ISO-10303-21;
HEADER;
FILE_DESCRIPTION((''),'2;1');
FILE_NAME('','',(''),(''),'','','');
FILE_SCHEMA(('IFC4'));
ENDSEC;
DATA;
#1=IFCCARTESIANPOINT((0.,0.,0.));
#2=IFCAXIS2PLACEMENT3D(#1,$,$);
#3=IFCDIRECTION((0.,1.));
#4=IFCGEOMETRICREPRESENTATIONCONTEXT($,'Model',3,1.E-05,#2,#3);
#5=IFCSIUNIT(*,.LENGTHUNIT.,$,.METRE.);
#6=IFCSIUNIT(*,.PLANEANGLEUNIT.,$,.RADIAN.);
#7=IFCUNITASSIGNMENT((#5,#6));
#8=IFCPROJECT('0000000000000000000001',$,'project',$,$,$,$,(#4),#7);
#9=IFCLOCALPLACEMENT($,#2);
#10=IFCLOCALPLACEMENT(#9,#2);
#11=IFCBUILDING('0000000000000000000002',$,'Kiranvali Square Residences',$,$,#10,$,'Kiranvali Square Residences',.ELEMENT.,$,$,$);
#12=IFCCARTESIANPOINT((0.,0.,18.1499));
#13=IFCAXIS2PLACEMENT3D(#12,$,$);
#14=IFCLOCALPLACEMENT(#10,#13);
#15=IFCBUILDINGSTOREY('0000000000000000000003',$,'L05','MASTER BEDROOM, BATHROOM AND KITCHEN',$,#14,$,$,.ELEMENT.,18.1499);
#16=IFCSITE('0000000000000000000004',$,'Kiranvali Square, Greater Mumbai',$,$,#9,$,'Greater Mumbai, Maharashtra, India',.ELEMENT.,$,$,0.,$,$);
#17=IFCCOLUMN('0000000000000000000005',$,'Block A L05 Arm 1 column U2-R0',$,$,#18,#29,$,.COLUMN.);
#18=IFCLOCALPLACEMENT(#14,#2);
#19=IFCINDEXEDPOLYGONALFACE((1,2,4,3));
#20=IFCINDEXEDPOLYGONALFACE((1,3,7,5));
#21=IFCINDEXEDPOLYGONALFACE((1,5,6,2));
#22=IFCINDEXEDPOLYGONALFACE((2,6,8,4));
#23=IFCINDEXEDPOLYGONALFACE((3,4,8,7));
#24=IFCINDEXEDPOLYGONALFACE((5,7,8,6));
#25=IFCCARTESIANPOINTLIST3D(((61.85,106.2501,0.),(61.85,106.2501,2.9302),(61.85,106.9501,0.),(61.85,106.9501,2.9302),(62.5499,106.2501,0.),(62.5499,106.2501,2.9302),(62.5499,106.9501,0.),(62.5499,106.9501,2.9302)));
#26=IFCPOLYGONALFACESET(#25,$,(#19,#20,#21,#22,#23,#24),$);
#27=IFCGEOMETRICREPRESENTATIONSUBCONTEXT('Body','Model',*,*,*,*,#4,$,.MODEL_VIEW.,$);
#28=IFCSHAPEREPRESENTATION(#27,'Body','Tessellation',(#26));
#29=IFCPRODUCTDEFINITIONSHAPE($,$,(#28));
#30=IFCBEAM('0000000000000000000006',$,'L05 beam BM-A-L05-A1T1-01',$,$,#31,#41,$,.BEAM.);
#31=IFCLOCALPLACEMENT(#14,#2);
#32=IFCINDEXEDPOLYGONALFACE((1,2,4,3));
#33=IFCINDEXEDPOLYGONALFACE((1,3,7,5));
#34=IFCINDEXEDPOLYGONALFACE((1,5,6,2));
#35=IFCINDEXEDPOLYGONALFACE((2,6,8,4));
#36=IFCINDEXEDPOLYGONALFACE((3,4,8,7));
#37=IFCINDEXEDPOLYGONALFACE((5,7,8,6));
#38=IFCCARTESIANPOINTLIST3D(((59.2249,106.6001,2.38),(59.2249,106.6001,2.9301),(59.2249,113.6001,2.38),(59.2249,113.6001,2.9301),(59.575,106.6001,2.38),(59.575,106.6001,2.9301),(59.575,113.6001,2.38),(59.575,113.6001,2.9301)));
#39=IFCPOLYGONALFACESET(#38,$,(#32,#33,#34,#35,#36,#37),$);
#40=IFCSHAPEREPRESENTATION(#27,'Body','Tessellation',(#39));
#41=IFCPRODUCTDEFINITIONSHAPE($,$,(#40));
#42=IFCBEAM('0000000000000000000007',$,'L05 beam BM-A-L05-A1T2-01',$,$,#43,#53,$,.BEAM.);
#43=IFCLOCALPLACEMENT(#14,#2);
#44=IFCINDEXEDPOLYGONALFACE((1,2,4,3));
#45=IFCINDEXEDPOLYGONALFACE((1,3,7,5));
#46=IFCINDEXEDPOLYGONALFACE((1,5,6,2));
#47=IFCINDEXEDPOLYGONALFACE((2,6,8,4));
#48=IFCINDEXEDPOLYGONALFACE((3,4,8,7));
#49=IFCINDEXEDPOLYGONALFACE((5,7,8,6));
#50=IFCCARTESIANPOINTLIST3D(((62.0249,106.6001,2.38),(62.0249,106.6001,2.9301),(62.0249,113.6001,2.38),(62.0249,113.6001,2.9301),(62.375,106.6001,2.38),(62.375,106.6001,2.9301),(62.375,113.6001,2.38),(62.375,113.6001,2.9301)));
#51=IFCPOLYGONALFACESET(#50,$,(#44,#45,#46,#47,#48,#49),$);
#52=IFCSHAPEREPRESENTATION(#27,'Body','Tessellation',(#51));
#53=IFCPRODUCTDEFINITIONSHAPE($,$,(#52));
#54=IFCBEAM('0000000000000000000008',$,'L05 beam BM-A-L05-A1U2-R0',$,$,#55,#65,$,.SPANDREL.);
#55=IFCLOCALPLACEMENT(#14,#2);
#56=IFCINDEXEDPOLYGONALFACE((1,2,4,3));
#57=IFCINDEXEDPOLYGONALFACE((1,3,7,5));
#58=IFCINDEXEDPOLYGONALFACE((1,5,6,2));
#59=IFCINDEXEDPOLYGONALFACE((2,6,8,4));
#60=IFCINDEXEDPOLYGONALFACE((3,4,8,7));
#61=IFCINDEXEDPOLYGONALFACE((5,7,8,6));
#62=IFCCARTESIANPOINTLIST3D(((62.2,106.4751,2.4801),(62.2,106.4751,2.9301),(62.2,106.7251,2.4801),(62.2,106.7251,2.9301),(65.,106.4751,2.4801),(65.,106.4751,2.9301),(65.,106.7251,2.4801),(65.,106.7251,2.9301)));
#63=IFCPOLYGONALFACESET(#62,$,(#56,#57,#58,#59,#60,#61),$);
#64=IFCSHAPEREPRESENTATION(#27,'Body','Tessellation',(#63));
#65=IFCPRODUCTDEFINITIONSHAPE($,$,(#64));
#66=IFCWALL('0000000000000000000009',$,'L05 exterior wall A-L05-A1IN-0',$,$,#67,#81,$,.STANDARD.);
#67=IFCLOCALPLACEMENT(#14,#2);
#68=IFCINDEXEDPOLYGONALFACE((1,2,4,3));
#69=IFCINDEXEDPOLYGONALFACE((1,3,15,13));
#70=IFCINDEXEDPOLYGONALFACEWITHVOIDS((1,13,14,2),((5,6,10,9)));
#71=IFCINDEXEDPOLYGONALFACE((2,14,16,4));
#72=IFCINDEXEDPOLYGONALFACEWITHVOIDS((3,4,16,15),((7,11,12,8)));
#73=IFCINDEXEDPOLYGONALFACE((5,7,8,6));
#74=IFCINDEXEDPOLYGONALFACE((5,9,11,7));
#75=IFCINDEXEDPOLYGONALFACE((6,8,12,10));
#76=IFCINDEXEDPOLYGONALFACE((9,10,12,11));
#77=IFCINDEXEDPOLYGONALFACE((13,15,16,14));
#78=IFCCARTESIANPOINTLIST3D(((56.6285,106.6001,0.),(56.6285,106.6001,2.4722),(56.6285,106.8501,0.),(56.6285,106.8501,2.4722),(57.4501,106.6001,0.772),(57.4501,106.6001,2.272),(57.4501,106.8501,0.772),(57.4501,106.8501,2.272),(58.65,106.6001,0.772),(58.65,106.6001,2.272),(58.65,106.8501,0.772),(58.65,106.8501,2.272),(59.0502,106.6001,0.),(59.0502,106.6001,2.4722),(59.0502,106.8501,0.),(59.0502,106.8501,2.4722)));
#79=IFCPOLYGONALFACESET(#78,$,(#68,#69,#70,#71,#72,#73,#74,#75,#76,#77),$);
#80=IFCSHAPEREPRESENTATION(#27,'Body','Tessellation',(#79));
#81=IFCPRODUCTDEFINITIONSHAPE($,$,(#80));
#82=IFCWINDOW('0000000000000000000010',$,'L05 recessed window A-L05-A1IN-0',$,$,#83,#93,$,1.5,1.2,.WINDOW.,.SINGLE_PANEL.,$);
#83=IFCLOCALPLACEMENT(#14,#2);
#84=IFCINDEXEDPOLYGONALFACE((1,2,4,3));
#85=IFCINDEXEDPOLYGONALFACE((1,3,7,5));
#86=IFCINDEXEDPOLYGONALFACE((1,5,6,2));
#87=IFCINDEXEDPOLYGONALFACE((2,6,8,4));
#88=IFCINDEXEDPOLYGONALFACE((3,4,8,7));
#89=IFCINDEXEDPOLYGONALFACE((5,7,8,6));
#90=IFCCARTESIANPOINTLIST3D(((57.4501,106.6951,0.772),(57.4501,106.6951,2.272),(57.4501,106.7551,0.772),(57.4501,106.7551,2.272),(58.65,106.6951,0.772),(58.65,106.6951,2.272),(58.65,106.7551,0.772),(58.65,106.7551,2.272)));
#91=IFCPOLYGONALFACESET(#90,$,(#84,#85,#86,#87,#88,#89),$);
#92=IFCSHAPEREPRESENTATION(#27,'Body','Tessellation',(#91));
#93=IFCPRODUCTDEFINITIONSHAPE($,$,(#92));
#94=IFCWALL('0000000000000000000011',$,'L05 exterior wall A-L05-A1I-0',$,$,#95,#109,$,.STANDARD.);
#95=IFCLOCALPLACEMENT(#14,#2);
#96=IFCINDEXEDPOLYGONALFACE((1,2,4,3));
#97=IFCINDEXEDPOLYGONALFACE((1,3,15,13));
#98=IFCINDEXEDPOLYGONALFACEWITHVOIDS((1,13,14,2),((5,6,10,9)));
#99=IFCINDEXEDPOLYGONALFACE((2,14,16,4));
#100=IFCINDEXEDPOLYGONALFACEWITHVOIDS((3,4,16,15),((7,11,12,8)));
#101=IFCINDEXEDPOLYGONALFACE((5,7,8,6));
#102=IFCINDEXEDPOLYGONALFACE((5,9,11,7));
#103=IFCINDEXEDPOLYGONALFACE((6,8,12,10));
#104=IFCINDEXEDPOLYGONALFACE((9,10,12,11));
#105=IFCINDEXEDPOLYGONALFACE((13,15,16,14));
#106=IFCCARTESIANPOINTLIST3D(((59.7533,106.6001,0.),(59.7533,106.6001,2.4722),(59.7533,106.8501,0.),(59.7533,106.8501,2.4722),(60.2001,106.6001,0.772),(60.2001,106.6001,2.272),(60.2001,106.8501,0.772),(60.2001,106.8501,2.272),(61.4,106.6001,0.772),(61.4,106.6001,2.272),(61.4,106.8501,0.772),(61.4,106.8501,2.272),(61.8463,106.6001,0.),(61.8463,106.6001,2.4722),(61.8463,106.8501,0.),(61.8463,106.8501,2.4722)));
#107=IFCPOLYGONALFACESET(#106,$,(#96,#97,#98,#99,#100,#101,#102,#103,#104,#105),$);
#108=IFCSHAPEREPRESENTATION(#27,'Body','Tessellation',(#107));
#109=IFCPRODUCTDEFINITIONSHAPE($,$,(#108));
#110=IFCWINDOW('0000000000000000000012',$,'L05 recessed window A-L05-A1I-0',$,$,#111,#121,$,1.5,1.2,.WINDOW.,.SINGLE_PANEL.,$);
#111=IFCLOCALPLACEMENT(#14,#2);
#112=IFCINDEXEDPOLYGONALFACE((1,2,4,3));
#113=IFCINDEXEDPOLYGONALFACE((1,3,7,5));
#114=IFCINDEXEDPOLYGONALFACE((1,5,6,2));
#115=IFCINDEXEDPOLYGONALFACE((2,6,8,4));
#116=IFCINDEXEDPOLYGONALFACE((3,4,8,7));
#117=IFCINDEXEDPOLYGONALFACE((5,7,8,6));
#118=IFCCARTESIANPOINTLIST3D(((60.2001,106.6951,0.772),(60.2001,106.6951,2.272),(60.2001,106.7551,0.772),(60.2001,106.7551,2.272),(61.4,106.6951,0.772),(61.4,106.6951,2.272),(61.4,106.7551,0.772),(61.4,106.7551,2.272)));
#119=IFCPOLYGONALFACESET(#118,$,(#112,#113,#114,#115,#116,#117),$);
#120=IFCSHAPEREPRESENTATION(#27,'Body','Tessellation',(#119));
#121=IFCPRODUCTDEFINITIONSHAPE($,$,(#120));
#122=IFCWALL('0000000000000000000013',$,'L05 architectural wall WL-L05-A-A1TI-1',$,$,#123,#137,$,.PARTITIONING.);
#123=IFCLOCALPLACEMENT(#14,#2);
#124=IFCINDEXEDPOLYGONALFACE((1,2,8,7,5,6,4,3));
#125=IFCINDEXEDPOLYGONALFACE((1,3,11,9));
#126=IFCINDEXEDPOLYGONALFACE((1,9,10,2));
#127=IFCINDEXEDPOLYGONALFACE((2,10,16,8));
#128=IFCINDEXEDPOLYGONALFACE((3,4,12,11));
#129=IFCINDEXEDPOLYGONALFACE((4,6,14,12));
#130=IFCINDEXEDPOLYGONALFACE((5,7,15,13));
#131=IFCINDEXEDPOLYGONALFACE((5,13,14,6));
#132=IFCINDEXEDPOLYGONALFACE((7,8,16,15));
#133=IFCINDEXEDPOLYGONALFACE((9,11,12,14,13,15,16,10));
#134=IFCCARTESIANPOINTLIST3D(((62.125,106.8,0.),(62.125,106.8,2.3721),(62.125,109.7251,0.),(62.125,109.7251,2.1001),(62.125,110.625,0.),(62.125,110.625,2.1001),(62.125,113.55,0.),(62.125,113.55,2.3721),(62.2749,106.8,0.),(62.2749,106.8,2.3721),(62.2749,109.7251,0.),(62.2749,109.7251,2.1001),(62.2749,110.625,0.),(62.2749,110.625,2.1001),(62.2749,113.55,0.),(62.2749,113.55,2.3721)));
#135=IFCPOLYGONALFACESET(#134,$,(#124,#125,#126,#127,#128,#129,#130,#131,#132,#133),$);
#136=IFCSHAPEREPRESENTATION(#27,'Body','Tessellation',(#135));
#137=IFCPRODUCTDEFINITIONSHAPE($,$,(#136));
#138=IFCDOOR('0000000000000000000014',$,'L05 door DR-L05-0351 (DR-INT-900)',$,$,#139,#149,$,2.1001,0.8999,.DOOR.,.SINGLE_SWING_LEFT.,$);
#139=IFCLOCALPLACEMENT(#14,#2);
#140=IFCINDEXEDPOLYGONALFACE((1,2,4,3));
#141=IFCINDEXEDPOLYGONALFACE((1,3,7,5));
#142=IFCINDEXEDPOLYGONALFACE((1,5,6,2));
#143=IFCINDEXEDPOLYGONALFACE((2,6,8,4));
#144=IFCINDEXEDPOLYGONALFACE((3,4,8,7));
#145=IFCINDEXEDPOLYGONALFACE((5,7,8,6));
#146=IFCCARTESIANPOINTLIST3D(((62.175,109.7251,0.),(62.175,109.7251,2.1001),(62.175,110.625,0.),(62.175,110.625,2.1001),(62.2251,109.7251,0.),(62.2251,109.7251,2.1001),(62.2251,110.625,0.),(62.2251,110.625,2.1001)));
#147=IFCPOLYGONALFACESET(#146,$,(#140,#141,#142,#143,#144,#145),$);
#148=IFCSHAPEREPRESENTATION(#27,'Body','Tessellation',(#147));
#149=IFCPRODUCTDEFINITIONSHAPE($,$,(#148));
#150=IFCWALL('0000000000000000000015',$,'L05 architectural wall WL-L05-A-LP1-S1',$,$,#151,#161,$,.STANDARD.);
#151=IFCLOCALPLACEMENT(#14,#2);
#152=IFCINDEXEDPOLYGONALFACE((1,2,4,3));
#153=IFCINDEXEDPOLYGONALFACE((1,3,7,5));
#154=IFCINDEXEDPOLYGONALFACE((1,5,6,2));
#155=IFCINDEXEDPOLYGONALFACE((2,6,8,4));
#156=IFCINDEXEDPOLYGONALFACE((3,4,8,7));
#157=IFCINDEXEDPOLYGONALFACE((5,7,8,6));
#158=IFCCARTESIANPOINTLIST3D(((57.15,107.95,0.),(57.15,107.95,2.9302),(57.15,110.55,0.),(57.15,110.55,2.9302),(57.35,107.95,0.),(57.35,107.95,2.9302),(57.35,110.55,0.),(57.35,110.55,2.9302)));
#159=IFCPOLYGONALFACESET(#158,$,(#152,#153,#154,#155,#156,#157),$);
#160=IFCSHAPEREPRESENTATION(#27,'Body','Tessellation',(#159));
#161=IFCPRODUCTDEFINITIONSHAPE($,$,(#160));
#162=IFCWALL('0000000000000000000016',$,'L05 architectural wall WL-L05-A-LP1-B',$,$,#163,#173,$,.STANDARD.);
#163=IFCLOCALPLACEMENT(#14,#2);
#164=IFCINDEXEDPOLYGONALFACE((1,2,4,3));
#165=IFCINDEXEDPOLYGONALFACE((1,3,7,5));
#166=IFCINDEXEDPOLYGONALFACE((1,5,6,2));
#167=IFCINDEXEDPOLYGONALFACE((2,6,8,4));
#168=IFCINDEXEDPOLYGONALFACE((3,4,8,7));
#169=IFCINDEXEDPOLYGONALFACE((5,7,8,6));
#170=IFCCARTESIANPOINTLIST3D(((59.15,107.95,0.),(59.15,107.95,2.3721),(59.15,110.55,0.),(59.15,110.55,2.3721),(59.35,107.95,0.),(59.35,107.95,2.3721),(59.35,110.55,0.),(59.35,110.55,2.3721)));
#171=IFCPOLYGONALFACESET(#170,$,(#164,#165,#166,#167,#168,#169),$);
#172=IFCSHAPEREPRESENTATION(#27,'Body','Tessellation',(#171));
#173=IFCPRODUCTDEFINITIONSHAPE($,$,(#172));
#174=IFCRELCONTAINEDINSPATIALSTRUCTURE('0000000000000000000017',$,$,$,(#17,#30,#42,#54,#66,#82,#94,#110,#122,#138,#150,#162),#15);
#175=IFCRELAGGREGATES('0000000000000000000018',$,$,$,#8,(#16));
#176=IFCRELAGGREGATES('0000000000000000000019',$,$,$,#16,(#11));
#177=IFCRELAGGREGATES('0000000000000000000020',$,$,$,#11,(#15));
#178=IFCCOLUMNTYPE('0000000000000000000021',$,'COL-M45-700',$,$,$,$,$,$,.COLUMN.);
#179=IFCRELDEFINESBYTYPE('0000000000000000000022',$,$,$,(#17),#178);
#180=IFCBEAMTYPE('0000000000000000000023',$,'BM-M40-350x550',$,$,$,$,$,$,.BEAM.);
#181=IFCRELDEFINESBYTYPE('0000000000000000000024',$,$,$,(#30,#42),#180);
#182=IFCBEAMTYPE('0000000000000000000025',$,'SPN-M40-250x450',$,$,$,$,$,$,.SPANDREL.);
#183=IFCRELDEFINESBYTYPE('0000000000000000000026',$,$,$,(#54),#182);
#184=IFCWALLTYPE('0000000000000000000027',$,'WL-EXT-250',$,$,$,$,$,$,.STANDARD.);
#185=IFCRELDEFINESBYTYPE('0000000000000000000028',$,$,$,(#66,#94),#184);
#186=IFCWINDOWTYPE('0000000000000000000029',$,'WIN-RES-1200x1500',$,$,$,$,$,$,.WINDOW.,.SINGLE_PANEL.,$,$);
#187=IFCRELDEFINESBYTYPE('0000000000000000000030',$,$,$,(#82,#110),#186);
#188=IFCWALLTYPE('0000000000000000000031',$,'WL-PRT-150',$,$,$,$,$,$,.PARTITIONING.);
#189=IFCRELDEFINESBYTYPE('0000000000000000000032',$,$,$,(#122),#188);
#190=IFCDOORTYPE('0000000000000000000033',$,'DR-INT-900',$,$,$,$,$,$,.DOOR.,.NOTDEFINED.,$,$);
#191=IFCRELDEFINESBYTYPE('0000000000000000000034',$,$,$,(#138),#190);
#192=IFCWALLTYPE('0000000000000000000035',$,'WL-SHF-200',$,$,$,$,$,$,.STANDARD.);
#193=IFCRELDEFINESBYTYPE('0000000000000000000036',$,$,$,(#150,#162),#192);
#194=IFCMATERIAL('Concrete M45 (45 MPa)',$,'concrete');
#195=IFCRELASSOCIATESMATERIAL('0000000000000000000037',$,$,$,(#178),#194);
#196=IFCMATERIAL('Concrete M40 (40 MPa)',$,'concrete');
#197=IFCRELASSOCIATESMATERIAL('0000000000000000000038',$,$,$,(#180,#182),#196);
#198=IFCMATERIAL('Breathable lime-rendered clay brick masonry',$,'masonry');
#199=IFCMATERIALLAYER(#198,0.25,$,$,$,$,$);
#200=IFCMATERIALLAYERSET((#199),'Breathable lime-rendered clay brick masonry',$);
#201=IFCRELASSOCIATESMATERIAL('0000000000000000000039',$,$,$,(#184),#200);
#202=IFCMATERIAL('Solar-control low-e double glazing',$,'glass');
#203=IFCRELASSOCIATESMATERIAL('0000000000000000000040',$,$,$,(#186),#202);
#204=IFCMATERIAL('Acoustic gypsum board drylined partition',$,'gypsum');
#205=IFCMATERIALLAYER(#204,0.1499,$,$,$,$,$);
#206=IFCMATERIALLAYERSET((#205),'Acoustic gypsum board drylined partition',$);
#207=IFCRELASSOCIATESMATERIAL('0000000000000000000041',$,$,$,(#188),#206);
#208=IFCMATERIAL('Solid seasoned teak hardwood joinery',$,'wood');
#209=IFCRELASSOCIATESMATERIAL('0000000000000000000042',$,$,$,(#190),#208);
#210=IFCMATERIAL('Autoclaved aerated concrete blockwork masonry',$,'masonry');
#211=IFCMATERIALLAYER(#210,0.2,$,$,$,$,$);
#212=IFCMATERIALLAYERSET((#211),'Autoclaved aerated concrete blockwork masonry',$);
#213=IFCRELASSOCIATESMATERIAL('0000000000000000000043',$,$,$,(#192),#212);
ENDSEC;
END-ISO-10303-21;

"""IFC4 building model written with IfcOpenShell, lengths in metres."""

from ifc_helpers import new_model, si_unit, direction, frame, frame_2d, origin, origin_2d, place, context, subcontext, project, spatial, rectangle, extrude, material, layer, layer_set, material_profile, profile_set, type_object, element, fill, save


model = new_model("IFC4")

# Units and contexts
model_context = context("Model", 3, precision=1e-05, world=origin(), true_north=direction((0.0, 1.0)))
body_context = subcontext(model_context, "Body", "Model", "MODEL_VIEW")
ifc_project = project(units=[si_unit("LENGTHUNIT", "METRE"), si_unit("PLANEANGLEUNIT", "RADIAN")], contexts=[model_context])

# Site, building, storey
site_placement = place(None, origin())
site = spatial("IfcSite", under=ifc_project, at=site_placement, Name="Kiranvali Square, Greater Mumbai", LongName="Greater Mumbai, Maharashtra, India", CompositionType="ELEMENT", RefElevation=0.0)
building_placement = place(site_placement, origin())
building = spatial("IfcBuilding", under=site, at=building_placement, Name="Kiranvali Square Residences", LongName="Kiranvali Square Residences", CompositionType="ELEMENT")
storey_placement = place(building_placement, frame((0.0, 0.0, 18.1499)))
storey = spatial("IfcBuildingStorey", under=building, at=storey_placement, Name="L05", Description="MASTER BEDROOM, BATHROOM AND KITCHEN", CompositionType="ELEMENT", Elevation=18.1499)

# Column
ifc_material_1 = material(Name="Concrete M45 (45 MPa)", Category="concrete")
ifc_material_profile_1 = material_profile(ifc_material_1, rectangle(XDim=0.7, YDim=0.7, at=origin_2d()), Name="RC 700x700")
ifc_profile_set_1 = profile_set([ifc_material_profile_1], Name="Concrete M45 (45 MPa)")
column_type = type_object("IfcColumnType", Name="COL-M45-700", PredefinedType="COLUMN", material=ifc_profile_set_1)
column_placement = place(storey_placement, frame((62.2, 106.6001, 0.0), z_axis=(0.0, 0.0, 1.0), x_axis=(1.0, 0.0, 0.0)))
element("IfcColumn", 1, at=column_placement, inside=storey, type_object=column_type, Name="Block A L05 Arm 1 column U2-R0", PredefinedType="COLUMN", context=body_context, shape_type="SweptSolid", body=[
    extrude(rectangle(XDim=0.7, YDim=0.7, at=origin_2d()), origin(), (0.0, 0.0, 1.0), 2.9302),
])

# Beams
ifc_material_2 = material(Name="Concrete M40 (40 MPa)", Category="concrete")
ifc_material_profile_2 = material_profile(ifc_material_2, rectangle(XDim=0.3501, YDim=0.55, at=origin_2d()), Name="RC 350x550")
ifc_profile_set_2 = profile_set([ifc_material_profile_2], Name="Concrete M40 (40 MPa)")
beam_type_1 = type_object("IfcBeamType", Name="BM-M40-350x550", PredefinedType="BEAM", material=ifc_profile_set_2)
for number, where, z_axis, x_axis, name in (
    (2, (59.3999, 106.6001, 2.655), (0.0, 1.0, 0.0), (-1.0, 0.0, 0.0), "L05 beam BM-A-L05-A1T1-01"),
    (3, (62.2, 106.6001, 2.655), (0.0, 1.0, 0.0), (-1.0, 0.0, 0.0), "L05 beam BM-A-L05-A1T2-01"),
):
    element("IfcBeam", number, at=place(storey_placement, frame(where, z_axis=z_axis, x_axis=x_axis)), inside=storey, type_object=beam_type_1, Name=name, PredefinedType="BEAM", context=body_context, shape_type="SweptSolid", body=[
        extrude(rectangle(XDim=0.3501, YDim=0.55, at=origin_2d()), origin(), (0.0, 0.0, 1.0), 7.0),
    ])
ifc_material_profile_3 = material_profile(ifc_material_2, rectangle(XDim=0.25, YDim=0.45, at=origin_2d()), Name="RC 250x450")
ifc_profile_set_3 = profile_set([ifc_material_profile_3], Name="Concrete M40 (40 MPa)")
beam_type_2 = type_object("IfcBeamType", Name="SPN-M40-250x450", PredefinedType="SPANDREL", material=ifc_profile_set_3)
beam_placement = place(storey_placement, frame((62.2, 106.6001, 2.7051), z_axis=(1.0, 0.0, 0.0), x_axis=(0.0, 1.0, 0.0)))
element("IfcBeam", 4, at=beam_placement, inside=storey, type_object=beam_type_2, Name="L05 beam BM-A-L05-A1U2-R0", PredefinedType="SPANDREL", context=body_context, shape_type="SweptSolid", body=[
    extrude(rectangle(XDim=0.25, YDim=0.45, at=origin_2d()), origin(), (0.0, 0.0, 1.0), 2.8),
])

# Walls, openings, windows
ifc_material_3 = material(Name="Breathable lime-rendered clay brick masonry", Category="masonry")
ifc_layer_1 = layer(ifc_material_3, 0.25)
ifc_layer_set_1 = layer_set([ifc_layer_1], Name="Breathable lime-rendered clay brick masonry")
wall_type_1 = type_object("IfcWallType", Name="WL-EXT-250", PredefinedType="STANDARD", material=ifc_layer_set_1)
wall_1_placement = place(storey_placement, frame((56.6284, 106.7251, 0.0), z_axis=(0.0, 0.0, 1.0), x_axis=(1.0, 0.0, 0.0)))
wall_1 = element("IfcWall", 5, at=wall_1_placement, inside=storey, type_object=wall_type_1, Name="L05 exterior wall A-L05-A1IN-0", PredefinedType="STANDARD", context=body_context, shape_type="SweptSolid", body=[
    extrude(rectangle(XDim=2.4216, YDim=0.25, at=frame_2d((1.2109, 0.0))), origin(), (0.0, 0.0, 1.0), 2.4722),
])
opening_1_placement = place(wall_1_placement, frame((0.8215, 0.0, 0.772)))
opening_1 = element("IfcOpeningElement", 6, at=opening_1_placement, cuts=wall_1, PredefinedType="OPENING", context=body_context, shape_type="SweptSolid", body=[
    extrude(rectangle(XDim=1.2, YDim=1.5, at=frame_2d((0.6001, 0.75))), frame((0.0, 0.135, 0.0), z_axis=(0.0, -1.0, 0.0), x_axis=(1.0, 0.0, 0.0)), (0.0, 0.0, 1.0), 0.27),
])
ifc_material_4 = material(Name="Solar-control low-e double glazing", Category="glass")
window_type = type_object("IfcWindowType", Name="WIN-RES-1200x1500", PartitioningType="SINGLE_PANEL", PredefinedType="WINDOW", material=ifc_material_4)
window_1_placement = place(opening_1_placement, origin())
window_1 = element("IfcWindow", 7, at=window_1_placement, inside=storey, type_object=window_type, Name="L05 recessed window A-L05-A1IN-0", OverallHeight=1.5, OverallWidth=1.2, PartitioningType="SINGLE_PANEL", PredefinedType="WINDOW", context=body_context, shape_type="SweptSolid", body=[
    extrude(rectangle(XDim=1.2, YDim=1.5, at=frame_2d((0.6001, 0.75))), frame((0.0, 0.03, 0.0), z_axis=(0.0, -1.0, 0.0), x_axis=(1.0, 0.0, 0.0)), (0.0, 0.0, 1.0), 0.0601),
])
fill(opening_1, window_1)
wall_2_placement = place(storey_placement, frame((59.7534, 106.7251, 0.0), z_axis=(0.0, 0.0, 1.0), x_axis=(1.0, 0.0, 0.0)))
wall_2 = element("IfcWall", 8, at=wall_2_placement, inside=storey, type_object=wall_type_1, Name="L05 exterior wall A-L05-A1I-0", PredefinedType="STANDARD", context=body_context, shape_type="SweptSolid", body=[
    extrude(rectangle(XDim=2.093, YDim=0.25, at=frame_2d((1.0464, 0.0))), origin(), (0.0, 0.0, 1.0), 2.4722),
])
opening_2_placement = place(wall_2_placement, frame((0.4465, 0.0, 0.772)))
opening_2 = element("IfcOpeningElement", 9, at=opening_2_placement, cuts=wall_2, PredefinedType="OPENING", context=body_context, shape_type="SweptSolid", body=[
    extrude(rectangle(XDim=1.2, YDim=1.5, at=frame_2d((0.6001, 0.75))), frame((0.0, 0.135, 0.0), z_axis=(0.0, -1.0, 0.0), x_axis=(1.0, 0.0, 0.0)), (0.0, 0.0, 1.0), 0.27),
])
window_2_placement = place(opening_2_placement, origin())
window_2 = element("IfcWindow", 10, at=window_2_placement, inside=storey, type_object=window_type, Name="L05 recessed window A-L05-A1I-0", OverallHeight=1.5, OverallWidth=1.2, PartitioningType="SINGLE_PANEL", PredefinedType="WINDOW", context=body_context, shape_type="SweptSolid", body=[
    extrude(rectangle(XDim=1.2, YDim=1.5, at=frame_2d((0.6001, 0.75))), frame((0.0, 0.03, 0.0), z_axis=(0.0, -1.0, 0.0), x_axis=(1.0, 0.0, 0.0)), (0.0, 0.0, 1.0), 0.0601),
])
fill(opening_2, window_2)

# Wall, opening, door
ifc_material_5 = material(Name="Acoustic gypsum board drylined partition", Category="gypsum")
ifc_layer_2 = layer(ifc_material_5, 0.1499)
ifc_layer_set_2 = layer_set([ifc_layer_2], Name="Acoustic gypsum board drylined partition")
wall_type_2 = type_object("IfcWallType", Name="WL-PRT-150", PredefinedType="PARTITIONING", material=ifc_layer_set_2)
wall_3_placement = place(storey_placement, frame((62.2, 106.8, 0.0), z_axis=(0.0, 0.0, 1.0), x_axis=(0.0, 1.0, 0.0)))
wall_3 = element("IfcWall", 11, at=wall_3_placement, inside=storey, type_object=wall_type_2, Name="L05 architectural wall WL-L05-A-A1TI-1", PredefinedType="PARTITIONING", context=body_context, shape_type="SweptSolid", body=[
    extrude(rectangle(XDim=6.75, YDim=0.1499, at=frame_2d((3.375, 0.0))), origin(), (0.0, 0.0, 1.0), 2.3721),
])
opening_3_placement = place(wall_3_placement, frame((2.925, 0.0, 0.0)))
opening_3 = element("IfcOpeningElement", 12, at=opening_3_placement, cuts=wall_3, PredefinedType="OPENING", context=body_context, shape_type="SweptSolid", body=[
    extrude(rectangle(XDim=0.8999, YDim=2.1001, at=frame_2d((0.45, 1.05))), frame((0.0, 0.085, 0.0), z_axis=(0.0, -1.0, 0.0), x_axis=(1.0, 0.0, 0.0)), (0.0, 0.0, 1.0), 0.1699),
])
ifc_material_6 = material(Name="Solid seasoned teak hardwood joinery", Category="wood")
door_type_1 = type_object("IfcDoorType", Name="DR-INT-900", OperationType="NOTDEFINED", PredefinedType="DOOR", material=ifc_material_6)
door_1_placement = place(opening_3_placement, origin())
door_1 = element("IfcDoor", 13, at=door_1_placement, inside=storey, type_object=door_type_1, Name="L05 door DR-L05-0351 (DR-INT-900)", OperationType="SINGLE_SWING_LEFT", OverallHeight=2.1001, OverallWidth=0.8999, PredefinedType="DOOR", context=body_context, shape_type="SweptSolid", body=[
    extrude(rectangle(XDim=0.8999, YDim=2.1001, at=frame_2d((0.45, 1.05))), frame((0.0, 0.0249, 0.0), z_axis=(0.0, -1.0, 0.0), x_axis=(1.0, 0.0, 0.0)), (0.0, 0.0, 1.0), 0.05),
])
fill(opening_3, door_1)

# Walls
ifc_material_7 = material(Name="Autoclaved aerated concrete blockwork masonry", Category="masonry")
ifc_layer_3 = layer(ifc_material_7, 0.2)
ifc_layer_set_3 = layer_set([ifc_layer_3], Name="Autoclaved aerated concrete blockwork masonry")
wall_type_3 = type_object("IfcWallType", Name="WL-SHF-200", PredefinedType="STANDARD", material=ifc_layer_set_3)
wall_4_placement = place(storey_placement, frame((57.25, 107.95, 0.0), z_axis=(0.0, 0.0, 1.0), x_axis=(0.0, 1.0, 0.0)))
element("IfcWall", 14, at=wall_4_placement, inside=storey, type_object=wall_type_3, Name="L05 architectural wall WL-L05-A-LP1-S1", PredefinedType="STANDARD", context=body_context, shape_type="SweptSolid", body=[
    extrude(rectangle(XDim=2.6001, YDim=0.2, at=frame_2d((1.3, 0.0))), origin(), (0.0, 0.0, 1.0), 2.9302),
])
wall_5_placement = place(storey_placement, frame((59.25, 107.95, 0.0), z_axis=(0.0, 0.0, 1.0), x_axis=(0.0, 1.0, 0.0)))
element("IfcWall", 15, at=wall_5_placement, inside=storey, type_object=wall_type_3, Name="L05 architectural wall WL-L05-A-LP1-B", PredefinedType="STANDARD", context=body_context, shape_type="SweptSolid", body=[
    extrude(rectangle(XDim=2.6001, YDim=0.2, at=frame_2d((1.3, 0.0))), origin(), (0.0, 0.0, 1.0), 2.3721),
])

save(model, "model.ifc")
